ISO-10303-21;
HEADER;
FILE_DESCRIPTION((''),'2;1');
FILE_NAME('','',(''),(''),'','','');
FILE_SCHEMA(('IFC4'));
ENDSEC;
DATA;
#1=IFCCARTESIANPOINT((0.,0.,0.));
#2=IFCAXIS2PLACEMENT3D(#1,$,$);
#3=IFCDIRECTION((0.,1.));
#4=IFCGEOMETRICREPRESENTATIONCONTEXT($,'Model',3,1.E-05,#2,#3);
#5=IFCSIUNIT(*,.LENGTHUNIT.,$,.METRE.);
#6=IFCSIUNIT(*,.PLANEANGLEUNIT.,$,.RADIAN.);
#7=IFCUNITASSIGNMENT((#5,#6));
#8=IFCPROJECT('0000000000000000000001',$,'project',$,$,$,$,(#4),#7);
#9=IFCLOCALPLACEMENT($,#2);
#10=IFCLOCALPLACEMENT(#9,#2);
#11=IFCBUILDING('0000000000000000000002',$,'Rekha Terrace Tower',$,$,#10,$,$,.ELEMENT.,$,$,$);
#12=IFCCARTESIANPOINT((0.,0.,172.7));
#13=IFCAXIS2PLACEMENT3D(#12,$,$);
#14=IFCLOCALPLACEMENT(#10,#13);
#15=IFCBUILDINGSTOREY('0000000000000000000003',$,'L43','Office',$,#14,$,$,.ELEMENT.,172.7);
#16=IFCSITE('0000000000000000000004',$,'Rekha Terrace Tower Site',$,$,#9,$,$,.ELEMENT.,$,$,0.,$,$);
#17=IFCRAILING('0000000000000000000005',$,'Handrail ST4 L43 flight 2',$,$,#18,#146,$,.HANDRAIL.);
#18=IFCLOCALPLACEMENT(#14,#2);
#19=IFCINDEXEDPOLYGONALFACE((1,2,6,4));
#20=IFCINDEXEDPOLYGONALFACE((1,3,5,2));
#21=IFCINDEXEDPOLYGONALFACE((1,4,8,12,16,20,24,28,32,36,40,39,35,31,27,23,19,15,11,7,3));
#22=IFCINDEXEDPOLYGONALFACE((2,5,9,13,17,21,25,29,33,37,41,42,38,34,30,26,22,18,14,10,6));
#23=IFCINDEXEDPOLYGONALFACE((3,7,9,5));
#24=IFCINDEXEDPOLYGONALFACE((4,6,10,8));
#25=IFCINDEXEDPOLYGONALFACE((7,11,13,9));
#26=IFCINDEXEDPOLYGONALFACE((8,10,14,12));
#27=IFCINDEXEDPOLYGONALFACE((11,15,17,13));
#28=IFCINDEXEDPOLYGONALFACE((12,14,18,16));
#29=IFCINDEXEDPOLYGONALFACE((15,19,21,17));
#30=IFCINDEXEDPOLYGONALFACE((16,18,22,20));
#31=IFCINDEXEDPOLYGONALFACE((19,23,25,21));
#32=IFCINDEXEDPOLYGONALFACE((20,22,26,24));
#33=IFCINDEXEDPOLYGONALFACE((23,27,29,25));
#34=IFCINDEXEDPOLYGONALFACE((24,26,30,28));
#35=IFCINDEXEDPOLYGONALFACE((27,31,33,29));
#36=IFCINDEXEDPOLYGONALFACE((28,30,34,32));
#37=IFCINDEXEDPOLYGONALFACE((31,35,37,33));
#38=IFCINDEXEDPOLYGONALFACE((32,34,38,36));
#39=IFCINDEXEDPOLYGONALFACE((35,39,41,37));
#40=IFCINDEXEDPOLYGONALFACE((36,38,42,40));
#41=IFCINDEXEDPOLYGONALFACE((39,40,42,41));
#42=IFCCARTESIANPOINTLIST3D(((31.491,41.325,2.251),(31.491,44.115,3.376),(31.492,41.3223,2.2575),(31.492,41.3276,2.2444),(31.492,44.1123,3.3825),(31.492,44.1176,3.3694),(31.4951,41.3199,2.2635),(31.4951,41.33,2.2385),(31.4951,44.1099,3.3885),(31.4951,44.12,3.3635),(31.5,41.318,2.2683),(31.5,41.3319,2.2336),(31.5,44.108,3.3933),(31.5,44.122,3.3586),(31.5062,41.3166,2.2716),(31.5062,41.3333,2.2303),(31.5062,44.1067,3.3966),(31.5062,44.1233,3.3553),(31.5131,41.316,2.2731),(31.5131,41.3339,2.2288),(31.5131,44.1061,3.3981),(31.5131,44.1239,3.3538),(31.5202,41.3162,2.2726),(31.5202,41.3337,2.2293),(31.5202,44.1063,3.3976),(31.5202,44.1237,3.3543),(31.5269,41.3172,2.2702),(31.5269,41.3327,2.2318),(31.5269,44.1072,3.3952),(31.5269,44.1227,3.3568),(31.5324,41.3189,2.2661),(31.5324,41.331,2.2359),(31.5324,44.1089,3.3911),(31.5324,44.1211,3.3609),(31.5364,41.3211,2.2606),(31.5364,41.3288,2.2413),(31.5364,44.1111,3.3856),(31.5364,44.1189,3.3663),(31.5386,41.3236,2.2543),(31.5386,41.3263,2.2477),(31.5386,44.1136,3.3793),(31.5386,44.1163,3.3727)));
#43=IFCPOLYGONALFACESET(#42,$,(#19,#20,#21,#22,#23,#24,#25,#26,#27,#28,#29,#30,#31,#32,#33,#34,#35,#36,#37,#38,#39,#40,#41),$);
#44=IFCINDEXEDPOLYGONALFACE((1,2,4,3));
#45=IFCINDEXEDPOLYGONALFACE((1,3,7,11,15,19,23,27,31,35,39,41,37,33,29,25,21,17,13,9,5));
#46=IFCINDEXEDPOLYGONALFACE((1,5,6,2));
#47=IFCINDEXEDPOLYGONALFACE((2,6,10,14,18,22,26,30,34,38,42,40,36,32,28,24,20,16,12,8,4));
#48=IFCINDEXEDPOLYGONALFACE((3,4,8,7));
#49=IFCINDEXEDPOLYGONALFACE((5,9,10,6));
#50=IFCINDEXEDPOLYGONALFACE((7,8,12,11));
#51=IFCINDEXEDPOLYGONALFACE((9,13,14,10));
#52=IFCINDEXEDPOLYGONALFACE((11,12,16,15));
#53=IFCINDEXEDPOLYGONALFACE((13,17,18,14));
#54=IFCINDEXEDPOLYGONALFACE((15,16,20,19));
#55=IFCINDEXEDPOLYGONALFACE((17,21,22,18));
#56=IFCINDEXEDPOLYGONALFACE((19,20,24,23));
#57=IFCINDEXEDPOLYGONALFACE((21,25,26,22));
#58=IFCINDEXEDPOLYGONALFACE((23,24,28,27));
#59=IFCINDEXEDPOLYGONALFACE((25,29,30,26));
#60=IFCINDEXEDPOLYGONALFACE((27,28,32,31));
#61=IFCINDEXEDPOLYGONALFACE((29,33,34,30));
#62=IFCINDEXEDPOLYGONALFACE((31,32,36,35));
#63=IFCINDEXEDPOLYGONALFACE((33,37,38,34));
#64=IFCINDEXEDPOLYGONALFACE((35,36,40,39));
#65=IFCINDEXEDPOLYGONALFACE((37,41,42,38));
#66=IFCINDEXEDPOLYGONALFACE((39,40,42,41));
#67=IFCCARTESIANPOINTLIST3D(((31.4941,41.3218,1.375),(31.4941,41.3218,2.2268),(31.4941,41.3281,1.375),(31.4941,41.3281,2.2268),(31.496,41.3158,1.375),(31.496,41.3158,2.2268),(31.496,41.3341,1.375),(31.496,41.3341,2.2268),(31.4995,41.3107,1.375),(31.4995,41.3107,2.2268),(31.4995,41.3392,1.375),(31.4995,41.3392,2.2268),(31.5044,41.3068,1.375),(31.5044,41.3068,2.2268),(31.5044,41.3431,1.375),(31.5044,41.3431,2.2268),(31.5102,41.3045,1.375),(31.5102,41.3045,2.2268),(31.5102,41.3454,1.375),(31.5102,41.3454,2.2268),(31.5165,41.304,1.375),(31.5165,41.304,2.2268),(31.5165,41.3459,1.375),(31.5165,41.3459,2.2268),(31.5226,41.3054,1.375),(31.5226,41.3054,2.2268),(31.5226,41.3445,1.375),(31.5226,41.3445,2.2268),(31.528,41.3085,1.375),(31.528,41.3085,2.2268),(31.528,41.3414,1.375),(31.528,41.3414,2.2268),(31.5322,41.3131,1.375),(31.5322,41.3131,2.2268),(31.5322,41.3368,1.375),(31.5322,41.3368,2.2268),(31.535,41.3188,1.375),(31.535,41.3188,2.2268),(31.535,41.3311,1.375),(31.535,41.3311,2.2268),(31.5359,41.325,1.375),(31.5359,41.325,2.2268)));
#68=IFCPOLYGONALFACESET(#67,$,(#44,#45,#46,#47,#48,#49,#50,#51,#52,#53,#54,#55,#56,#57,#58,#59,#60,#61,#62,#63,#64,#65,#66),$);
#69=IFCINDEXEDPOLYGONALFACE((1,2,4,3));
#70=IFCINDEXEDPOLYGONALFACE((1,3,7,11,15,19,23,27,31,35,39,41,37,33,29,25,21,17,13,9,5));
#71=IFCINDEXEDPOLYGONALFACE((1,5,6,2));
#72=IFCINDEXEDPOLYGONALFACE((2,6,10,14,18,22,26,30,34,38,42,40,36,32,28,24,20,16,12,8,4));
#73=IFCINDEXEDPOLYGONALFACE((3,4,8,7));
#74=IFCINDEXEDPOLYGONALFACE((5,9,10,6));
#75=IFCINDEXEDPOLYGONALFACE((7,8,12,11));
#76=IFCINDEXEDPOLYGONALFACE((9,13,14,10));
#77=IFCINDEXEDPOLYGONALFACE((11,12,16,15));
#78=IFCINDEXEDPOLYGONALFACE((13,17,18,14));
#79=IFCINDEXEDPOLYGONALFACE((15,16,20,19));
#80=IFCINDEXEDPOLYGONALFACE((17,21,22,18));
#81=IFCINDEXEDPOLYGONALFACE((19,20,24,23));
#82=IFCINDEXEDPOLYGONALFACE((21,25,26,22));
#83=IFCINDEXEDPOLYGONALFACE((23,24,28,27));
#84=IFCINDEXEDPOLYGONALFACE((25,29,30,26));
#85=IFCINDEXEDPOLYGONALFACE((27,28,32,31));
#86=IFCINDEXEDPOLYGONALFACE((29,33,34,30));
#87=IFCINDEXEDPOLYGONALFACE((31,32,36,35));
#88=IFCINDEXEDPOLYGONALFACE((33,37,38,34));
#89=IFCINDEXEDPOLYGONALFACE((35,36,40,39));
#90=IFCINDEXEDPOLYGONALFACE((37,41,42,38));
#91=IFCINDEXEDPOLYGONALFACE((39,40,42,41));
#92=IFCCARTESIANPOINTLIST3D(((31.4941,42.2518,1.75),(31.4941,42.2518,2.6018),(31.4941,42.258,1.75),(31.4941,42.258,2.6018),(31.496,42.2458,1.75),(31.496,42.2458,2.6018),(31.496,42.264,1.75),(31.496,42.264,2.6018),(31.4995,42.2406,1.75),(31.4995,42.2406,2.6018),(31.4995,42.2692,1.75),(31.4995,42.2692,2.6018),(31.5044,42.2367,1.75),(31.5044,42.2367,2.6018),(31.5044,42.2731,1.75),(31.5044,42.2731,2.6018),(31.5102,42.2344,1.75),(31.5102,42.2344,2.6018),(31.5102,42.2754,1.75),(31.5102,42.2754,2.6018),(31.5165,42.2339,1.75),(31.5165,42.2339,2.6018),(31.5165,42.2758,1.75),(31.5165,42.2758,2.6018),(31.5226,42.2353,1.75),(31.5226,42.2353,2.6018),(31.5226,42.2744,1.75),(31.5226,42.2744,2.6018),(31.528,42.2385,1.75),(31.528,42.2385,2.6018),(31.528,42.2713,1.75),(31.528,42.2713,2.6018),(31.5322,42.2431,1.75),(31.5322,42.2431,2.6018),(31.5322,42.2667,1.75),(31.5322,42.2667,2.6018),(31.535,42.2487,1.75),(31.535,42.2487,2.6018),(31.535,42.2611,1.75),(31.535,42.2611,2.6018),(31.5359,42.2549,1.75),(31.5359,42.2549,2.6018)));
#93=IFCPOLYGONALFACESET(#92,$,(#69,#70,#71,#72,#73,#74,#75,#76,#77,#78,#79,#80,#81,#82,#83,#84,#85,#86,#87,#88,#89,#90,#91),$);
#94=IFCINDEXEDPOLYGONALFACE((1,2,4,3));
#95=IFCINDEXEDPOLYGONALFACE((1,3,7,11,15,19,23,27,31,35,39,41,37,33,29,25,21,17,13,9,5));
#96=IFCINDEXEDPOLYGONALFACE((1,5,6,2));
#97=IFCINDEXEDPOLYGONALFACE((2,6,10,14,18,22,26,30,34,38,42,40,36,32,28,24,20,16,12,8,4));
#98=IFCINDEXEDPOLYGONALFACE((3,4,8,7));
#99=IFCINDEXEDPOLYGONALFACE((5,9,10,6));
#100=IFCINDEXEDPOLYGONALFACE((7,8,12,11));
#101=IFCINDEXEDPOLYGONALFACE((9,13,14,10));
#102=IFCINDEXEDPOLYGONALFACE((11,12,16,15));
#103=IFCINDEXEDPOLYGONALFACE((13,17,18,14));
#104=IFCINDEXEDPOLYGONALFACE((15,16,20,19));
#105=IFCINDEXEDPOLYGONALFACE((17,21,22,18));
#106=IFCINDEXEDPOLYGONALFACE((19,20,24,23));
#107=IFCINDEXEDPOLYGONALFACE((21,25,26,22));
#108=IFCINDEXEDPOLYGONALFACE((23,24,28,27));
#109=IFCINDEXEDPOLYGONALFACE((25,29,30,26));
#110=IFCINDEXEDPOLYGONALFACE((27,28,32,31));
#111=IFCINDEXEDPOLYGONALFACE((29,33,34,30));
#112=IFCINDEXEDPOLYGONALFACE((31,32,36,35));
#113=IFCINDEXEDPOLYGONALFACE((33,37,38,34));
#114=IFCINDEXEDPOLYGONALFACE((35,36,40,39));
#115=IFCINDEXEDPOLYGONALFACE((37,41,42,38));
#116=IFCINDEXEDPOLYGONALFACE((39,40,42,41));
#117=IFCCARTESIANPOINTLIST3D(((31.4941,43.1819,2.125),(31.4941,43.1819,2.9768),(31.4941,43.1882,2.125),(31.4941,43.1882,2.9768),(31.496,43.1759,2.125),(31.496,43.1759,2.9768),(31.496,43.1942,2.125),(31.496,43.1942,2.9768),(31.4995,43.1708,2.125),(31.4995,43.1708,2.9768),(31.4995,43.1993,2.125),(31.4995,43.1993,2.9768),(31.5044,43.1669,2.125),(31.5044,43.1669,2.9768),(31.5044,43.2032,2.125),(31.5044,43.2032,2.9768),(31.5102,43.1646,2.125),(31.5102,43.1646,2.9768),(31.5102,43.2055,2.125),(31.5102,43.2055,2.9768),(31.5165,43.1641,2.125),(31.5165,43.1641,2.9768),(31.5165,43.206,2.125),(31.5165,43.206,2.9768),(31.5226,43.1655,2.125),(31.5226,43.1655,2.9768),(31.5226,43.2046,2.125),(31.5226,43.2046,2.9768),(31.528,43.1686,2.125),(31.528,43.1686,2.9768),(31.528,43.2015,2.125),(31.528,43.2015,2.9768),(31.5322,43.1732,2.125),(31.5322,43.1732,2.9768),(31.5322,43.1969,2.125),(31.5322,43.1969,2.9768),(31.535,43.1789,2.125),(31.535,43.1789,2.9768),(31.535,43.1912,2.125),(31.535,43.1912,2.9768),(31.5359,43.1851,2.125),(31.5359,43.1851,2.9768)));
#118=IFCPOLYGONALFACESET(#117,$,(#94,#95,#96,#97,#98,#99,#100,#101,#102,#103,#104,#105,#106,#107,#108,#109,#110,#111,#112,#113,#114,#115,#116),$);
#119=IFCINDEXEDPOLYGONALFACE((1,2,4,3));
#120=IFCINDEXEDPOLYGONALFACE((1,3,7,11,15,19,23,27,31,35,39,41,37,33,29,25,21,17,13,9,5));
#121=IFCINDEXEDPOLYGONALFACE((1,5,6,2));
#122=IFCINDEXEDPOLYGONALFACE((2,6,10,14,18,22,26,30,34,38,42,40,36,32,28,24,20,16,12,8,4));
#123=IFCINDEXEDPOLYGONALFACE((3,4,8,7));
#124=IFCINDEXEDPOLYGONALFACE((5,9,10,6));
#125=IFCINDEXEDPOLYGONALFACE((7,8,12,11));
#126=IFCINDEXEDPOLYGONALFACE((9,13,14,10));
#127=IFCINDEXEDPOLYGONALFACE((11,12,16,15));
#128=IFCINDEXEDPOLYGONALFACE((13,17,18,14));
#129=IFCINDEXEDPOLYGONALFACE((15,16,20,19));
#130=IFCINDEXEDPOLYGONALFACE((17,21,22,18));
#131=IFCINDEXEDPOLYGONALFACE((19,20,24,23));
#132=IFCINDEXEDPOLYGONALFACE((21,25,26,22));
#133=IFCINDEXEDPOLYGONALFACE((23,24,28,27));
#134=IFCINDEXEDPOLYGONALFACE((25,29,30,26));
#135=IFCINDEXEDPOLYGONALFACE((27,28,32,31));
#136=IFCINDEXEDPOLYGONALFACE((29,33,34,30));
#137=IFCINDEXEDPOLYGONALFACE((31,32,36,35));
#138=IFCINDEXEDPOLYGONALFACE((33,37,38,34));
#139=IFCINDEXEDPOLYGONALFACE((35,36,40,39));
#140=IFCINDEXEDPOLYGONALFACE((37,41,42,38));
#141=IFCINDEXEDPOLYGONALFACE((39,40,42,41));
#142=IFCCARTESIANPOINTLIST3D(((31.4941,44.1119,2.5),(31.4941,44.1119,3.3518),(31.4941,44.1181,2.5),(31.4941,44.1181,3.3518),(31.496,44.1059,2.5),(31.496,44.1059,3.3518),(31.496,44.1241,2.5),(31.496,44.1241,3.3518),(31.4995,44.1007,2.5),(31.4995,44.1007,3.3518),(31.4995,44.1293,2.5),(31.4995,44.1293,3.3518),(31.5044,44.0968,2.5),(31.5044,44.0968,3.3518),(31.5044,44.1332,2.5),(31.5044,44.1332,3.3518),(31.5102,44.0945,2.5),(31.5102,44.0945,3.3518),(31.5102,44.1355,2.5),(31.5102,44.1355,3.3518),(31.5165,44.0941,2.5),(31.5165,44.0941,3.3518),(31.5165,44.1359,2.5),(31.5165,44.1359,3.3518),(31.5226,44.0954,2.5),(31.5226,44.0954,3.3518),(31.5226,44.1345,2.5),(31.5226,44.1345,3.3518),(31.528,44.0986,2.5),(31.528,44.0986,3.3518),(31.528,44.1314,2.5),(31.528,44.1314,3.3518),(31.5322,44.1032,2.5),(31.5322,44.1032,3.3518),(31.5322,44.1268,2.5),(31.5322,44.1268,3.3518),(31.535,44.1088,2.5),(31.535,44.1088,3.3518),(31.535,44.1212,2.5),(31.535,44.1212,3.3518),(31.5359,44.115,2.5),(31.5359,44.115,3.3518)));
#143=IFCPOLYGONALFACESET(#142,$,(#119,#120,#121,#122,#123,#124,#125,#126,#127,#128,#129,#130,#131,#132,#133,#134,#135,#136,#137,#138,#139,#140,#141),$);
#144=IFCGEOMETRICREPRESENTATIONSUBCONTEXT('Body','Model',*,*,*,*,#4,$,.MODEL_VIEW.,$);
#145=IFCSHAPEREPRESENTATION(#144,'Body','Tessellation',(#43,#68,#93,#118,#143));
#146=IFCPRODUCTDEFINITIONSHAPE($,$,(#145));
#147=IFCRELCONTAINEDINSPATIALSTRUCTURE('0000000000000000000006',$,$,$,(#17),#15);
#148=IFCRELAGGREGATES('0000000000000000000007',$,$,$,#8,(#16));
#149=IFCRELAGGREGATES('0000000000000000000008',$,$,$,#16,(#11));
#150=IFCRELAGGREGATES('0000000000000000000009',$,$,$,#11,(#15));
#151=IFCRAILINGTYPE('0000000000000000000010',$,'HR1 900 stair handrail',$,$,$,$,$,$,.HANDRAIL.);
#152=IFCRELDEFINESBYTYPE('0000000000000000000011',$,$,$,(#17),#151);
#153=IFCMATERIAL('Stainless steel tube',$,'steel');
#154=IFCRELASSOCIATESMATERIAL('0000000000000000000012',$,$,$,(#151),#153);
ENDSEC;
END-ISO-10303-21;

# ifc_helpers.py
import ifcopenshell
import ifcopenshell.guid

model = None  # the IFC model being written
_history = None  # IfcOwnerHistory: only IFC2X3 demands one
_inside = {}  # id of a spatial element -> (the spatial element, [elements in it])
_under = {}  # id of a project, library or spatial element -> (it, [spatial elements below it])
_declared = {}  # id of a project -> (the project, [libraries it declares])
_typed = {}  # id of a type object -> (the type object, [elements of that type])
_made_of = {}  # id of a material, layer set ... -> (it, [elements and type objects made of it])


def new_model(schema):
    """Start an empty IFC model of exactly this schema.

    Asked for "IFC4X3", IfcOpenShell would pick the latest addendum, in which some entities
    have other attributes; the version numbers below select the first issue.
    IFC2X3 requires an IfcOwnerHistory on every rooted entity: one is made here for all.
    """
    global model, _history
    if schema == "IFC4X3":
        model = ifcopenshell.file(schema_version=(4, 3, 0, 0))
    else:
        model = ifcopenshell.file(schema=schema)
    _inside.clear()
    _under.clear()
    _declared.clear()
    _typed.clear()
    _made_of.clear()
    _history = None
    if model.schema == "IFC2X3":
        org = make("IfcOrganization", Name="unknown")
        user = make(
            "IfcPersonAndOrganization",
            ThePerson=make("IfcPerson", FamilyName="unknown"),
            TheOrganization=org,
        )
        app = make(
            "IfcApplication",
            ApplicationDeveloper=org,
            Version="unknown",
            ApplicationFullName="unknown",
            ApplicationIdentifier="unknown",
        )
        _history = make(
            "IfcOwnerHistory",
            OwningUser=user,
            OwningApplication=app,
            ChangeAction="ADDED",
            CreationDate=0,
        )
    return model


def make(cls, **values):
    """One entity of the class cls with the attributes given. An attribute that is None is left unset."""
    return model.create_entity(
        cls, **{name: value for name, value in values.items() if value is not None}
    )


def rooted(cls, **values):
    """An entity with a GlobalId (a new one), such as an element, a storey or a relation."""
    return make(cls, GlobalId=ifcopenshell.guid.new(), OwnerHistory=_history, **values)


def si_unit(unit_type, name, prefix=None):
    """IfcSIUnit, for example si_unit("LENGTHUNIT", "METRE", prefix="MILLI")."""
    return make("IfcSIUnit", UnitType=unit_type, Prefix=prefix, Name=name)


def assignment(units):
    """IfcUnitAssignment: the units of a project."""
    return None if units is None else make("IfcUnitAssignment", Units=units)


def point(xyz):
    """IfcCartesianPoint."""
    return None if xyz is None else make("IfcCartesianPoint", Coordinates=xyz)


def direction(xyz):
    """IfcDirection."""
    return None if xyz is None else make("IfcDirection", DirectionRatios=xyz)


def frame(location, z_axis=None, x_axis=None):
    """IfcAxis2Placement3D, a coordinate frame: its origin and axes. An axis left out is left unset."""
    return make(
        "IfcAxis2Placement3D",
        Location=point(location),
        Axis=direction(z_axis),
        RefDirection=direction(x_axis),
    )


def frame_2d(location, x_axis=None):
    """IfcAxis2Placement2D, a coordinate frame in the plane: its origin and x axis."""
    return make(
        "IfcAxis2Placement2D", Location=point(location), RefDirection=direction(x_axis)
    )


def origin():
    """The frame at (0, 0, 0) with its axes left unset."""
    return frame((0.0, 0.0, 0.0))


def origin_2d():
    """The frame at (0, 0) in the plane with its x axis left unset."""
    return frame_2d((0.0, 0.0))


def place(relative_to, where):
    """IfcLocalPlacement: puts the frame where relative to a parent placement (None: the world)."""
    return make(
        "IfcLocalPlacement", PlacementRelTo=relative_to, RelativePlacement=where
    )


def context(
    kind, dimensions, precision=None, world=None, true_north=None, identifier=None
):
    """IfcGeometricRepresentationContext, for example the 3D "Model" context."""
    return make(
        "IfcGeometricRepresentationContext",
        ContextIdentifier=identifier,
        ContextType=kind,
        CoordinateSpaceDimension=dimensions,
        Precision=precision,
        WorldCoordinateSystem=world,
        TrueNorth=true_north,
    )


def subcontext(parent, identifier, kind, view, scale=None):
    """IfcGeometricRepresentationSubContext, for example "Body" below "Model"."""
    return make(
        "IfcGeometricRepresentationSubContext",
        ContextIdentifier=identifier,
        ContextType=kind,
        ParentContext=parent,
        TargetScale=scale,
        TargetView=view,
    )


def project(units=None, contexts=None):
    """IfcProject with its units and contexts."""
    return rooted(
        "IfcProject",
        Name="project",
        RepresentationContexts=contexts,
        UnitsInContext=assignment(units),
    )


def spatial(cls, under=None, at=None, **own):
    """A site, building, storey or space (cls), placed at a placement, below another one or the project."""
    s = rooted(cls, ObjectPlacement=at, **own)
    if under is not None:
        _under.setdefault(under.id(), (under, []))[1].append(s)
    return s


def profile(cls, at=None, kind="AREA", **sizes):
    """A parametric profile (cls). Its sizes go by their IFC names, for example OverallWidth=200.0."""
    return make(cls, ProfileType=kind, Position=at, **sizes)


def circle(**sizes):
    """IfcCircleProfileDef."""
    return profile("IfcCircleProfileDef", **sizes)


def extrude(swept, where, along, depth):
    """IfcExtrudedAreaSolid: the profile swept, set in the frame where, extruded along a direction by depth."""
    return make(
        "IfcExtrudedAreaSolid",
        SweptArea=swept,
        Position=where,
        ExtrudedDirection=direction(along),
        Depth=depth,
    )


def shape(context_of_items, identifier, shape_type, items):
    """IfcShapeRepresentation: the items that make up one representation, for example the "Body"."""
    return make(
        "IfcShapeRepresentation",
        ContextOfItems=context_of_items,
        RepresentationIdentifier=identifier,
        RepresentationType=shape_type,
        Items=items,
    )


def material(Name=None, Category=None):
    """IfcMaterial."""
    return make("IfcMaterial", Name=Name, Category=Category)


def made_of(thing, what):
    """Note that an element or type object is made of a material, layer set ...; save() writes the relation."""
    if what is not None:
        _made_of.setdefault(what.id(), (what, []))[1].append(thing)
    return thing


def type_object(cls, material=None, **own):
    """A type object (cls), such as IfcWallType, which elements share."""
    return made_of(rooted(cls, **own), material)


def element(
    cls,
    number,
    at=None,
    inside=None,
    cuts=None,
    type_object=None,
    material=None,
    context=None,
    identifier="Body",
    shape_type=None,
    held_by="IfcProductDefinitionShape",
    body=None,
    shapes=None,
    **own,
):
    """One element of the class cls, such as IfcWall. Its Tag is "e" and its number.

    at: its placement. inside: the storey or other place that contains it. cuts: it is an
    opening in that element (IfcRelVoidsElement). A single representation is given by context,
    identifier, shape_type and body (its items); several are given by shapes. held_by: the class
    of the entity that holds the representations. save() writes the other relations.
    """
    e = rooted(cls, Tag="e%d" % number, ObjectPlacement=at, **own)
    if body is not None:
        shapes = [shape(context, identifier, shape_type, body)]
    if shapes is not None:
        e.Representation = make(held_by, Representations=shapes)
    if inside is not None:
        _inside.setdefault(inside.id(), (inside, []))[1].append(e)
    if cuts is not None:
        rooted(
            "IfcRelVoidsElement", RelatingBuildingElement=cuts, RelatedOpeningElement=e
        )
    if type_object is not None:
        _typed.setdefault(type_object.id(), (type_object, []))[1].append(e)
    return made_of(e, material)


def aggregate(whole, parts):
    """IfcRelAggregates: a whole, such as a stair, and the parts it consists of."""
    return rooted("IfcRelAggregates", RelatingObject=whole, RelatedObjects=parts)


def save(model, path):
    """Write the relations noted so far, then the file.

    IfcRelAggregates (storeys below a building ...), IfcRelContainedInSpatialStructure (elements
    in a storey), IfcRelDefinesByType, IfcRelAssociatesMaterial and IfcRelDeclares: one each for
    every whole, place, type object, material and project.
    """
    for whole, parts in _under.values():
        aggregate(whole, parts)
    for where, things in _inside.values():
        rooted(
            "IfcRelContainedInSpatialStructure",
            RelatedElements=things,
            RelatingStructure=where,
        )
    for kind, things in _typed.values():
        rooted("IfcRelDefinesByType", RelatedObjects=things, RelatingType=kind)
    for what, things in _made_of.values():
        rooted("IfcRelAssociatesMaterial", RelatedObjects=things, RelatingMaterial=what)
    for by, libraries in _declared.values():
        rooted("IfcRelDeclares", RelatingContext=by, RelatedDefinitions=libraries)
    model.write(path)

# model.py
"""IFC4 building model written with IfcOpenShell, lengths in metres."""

from ifc_helpers import new_model, si_unit, direction, frame, origin, origin_2d, place, context, subcontext, project, spatial, circle, extrude, material, type_object, element, save


model = new_model("IFC4")

# Units and contexts
model_context = context("Model", 3, precision=1e-05, world=origin(), true_north=direction((0.0, 1.0)))
body_context = subcontext(model_context, "Body", "Model", "MODEL_VIEW")
ifc_project = project(units=[si_unit("LENGTHUNIT", "METRE"), si_unit("PLANEANGLEUNIT", "RADIAN")], contexts=[model_context])

# Site, building, storey
site_placement = place(None, origin())
site = spatial("IfcSite", under=ifc_project, at=site_placement, Name="Rekha Terrace Tower Site", CompositionType="ELEMENT", RefElevation=0.0)
building_placement = place(site_placement, origin())
building = spatial("IfcBuilding", under=site, at=building_placement, Name="Rekha Terrace Tower", CompositionType="ELEMENT")
storey_placement = place(building_placement, frame((0.0, 0.0, 172.7)))
storey = spatial("IfcBuildingStorey", under=building, at=storey_placement, Name="L43", Description="Office", CompositionType="ELEMENT", Elevation=172.7)

# Railing
ifc_material_1 = material(Name="Stainless steel tube", Category="steel")
railing_type_1 = type_object("IfcRailingType", Name="HR1 900 stair handrail", PredefinedType="HANDRAIL", material=ifc_material_1)
railing_1_placement = place(storey_placement, frame((31.5149, 41.325, 1.375)))
element("IfcRailing", 1, at=railing_1_placement, inside=storey, type_object=railing_type_1, Name="Handrail ST4 L43 flight 2", PredefinedType="HANDRAIL", context=body_context, shape_type="SweptSolid", body=[
    extrude(circle(Radius=0.0239, at=origin_2d()), frame((0.0, 0.0, 0.876), z_axis=(0.0, 0.927443, 0.373964), x_axis=(-1.0, 0.0, 0.0)), (0.0, 0.0, 1.0), 3.0083),
    extrude(circle(Radius=0.021, at=origin_2d()), origin(), (0.0, 0.0, 1.0), 0.8518),
    extrude(circle(Radius=0.021, at=origin_2d()), frame((0.0, 0.9299, 0.375)), (0.0, 0.0, 1.0), 0.8518),
    extrude(circle(Radius=0.021, at=origin_2d()), frame((0.0, 1.8601, 0.75)), (0.0, 0.0, 1.0), 0.8518),
    extrude(circle(Radius=0.021, at=origin_2d()), frame((0.0, 2.79, 1.125)), (0.0, 0.0, 1.0), 0.8518),
])

save(model, "model.ifc")
